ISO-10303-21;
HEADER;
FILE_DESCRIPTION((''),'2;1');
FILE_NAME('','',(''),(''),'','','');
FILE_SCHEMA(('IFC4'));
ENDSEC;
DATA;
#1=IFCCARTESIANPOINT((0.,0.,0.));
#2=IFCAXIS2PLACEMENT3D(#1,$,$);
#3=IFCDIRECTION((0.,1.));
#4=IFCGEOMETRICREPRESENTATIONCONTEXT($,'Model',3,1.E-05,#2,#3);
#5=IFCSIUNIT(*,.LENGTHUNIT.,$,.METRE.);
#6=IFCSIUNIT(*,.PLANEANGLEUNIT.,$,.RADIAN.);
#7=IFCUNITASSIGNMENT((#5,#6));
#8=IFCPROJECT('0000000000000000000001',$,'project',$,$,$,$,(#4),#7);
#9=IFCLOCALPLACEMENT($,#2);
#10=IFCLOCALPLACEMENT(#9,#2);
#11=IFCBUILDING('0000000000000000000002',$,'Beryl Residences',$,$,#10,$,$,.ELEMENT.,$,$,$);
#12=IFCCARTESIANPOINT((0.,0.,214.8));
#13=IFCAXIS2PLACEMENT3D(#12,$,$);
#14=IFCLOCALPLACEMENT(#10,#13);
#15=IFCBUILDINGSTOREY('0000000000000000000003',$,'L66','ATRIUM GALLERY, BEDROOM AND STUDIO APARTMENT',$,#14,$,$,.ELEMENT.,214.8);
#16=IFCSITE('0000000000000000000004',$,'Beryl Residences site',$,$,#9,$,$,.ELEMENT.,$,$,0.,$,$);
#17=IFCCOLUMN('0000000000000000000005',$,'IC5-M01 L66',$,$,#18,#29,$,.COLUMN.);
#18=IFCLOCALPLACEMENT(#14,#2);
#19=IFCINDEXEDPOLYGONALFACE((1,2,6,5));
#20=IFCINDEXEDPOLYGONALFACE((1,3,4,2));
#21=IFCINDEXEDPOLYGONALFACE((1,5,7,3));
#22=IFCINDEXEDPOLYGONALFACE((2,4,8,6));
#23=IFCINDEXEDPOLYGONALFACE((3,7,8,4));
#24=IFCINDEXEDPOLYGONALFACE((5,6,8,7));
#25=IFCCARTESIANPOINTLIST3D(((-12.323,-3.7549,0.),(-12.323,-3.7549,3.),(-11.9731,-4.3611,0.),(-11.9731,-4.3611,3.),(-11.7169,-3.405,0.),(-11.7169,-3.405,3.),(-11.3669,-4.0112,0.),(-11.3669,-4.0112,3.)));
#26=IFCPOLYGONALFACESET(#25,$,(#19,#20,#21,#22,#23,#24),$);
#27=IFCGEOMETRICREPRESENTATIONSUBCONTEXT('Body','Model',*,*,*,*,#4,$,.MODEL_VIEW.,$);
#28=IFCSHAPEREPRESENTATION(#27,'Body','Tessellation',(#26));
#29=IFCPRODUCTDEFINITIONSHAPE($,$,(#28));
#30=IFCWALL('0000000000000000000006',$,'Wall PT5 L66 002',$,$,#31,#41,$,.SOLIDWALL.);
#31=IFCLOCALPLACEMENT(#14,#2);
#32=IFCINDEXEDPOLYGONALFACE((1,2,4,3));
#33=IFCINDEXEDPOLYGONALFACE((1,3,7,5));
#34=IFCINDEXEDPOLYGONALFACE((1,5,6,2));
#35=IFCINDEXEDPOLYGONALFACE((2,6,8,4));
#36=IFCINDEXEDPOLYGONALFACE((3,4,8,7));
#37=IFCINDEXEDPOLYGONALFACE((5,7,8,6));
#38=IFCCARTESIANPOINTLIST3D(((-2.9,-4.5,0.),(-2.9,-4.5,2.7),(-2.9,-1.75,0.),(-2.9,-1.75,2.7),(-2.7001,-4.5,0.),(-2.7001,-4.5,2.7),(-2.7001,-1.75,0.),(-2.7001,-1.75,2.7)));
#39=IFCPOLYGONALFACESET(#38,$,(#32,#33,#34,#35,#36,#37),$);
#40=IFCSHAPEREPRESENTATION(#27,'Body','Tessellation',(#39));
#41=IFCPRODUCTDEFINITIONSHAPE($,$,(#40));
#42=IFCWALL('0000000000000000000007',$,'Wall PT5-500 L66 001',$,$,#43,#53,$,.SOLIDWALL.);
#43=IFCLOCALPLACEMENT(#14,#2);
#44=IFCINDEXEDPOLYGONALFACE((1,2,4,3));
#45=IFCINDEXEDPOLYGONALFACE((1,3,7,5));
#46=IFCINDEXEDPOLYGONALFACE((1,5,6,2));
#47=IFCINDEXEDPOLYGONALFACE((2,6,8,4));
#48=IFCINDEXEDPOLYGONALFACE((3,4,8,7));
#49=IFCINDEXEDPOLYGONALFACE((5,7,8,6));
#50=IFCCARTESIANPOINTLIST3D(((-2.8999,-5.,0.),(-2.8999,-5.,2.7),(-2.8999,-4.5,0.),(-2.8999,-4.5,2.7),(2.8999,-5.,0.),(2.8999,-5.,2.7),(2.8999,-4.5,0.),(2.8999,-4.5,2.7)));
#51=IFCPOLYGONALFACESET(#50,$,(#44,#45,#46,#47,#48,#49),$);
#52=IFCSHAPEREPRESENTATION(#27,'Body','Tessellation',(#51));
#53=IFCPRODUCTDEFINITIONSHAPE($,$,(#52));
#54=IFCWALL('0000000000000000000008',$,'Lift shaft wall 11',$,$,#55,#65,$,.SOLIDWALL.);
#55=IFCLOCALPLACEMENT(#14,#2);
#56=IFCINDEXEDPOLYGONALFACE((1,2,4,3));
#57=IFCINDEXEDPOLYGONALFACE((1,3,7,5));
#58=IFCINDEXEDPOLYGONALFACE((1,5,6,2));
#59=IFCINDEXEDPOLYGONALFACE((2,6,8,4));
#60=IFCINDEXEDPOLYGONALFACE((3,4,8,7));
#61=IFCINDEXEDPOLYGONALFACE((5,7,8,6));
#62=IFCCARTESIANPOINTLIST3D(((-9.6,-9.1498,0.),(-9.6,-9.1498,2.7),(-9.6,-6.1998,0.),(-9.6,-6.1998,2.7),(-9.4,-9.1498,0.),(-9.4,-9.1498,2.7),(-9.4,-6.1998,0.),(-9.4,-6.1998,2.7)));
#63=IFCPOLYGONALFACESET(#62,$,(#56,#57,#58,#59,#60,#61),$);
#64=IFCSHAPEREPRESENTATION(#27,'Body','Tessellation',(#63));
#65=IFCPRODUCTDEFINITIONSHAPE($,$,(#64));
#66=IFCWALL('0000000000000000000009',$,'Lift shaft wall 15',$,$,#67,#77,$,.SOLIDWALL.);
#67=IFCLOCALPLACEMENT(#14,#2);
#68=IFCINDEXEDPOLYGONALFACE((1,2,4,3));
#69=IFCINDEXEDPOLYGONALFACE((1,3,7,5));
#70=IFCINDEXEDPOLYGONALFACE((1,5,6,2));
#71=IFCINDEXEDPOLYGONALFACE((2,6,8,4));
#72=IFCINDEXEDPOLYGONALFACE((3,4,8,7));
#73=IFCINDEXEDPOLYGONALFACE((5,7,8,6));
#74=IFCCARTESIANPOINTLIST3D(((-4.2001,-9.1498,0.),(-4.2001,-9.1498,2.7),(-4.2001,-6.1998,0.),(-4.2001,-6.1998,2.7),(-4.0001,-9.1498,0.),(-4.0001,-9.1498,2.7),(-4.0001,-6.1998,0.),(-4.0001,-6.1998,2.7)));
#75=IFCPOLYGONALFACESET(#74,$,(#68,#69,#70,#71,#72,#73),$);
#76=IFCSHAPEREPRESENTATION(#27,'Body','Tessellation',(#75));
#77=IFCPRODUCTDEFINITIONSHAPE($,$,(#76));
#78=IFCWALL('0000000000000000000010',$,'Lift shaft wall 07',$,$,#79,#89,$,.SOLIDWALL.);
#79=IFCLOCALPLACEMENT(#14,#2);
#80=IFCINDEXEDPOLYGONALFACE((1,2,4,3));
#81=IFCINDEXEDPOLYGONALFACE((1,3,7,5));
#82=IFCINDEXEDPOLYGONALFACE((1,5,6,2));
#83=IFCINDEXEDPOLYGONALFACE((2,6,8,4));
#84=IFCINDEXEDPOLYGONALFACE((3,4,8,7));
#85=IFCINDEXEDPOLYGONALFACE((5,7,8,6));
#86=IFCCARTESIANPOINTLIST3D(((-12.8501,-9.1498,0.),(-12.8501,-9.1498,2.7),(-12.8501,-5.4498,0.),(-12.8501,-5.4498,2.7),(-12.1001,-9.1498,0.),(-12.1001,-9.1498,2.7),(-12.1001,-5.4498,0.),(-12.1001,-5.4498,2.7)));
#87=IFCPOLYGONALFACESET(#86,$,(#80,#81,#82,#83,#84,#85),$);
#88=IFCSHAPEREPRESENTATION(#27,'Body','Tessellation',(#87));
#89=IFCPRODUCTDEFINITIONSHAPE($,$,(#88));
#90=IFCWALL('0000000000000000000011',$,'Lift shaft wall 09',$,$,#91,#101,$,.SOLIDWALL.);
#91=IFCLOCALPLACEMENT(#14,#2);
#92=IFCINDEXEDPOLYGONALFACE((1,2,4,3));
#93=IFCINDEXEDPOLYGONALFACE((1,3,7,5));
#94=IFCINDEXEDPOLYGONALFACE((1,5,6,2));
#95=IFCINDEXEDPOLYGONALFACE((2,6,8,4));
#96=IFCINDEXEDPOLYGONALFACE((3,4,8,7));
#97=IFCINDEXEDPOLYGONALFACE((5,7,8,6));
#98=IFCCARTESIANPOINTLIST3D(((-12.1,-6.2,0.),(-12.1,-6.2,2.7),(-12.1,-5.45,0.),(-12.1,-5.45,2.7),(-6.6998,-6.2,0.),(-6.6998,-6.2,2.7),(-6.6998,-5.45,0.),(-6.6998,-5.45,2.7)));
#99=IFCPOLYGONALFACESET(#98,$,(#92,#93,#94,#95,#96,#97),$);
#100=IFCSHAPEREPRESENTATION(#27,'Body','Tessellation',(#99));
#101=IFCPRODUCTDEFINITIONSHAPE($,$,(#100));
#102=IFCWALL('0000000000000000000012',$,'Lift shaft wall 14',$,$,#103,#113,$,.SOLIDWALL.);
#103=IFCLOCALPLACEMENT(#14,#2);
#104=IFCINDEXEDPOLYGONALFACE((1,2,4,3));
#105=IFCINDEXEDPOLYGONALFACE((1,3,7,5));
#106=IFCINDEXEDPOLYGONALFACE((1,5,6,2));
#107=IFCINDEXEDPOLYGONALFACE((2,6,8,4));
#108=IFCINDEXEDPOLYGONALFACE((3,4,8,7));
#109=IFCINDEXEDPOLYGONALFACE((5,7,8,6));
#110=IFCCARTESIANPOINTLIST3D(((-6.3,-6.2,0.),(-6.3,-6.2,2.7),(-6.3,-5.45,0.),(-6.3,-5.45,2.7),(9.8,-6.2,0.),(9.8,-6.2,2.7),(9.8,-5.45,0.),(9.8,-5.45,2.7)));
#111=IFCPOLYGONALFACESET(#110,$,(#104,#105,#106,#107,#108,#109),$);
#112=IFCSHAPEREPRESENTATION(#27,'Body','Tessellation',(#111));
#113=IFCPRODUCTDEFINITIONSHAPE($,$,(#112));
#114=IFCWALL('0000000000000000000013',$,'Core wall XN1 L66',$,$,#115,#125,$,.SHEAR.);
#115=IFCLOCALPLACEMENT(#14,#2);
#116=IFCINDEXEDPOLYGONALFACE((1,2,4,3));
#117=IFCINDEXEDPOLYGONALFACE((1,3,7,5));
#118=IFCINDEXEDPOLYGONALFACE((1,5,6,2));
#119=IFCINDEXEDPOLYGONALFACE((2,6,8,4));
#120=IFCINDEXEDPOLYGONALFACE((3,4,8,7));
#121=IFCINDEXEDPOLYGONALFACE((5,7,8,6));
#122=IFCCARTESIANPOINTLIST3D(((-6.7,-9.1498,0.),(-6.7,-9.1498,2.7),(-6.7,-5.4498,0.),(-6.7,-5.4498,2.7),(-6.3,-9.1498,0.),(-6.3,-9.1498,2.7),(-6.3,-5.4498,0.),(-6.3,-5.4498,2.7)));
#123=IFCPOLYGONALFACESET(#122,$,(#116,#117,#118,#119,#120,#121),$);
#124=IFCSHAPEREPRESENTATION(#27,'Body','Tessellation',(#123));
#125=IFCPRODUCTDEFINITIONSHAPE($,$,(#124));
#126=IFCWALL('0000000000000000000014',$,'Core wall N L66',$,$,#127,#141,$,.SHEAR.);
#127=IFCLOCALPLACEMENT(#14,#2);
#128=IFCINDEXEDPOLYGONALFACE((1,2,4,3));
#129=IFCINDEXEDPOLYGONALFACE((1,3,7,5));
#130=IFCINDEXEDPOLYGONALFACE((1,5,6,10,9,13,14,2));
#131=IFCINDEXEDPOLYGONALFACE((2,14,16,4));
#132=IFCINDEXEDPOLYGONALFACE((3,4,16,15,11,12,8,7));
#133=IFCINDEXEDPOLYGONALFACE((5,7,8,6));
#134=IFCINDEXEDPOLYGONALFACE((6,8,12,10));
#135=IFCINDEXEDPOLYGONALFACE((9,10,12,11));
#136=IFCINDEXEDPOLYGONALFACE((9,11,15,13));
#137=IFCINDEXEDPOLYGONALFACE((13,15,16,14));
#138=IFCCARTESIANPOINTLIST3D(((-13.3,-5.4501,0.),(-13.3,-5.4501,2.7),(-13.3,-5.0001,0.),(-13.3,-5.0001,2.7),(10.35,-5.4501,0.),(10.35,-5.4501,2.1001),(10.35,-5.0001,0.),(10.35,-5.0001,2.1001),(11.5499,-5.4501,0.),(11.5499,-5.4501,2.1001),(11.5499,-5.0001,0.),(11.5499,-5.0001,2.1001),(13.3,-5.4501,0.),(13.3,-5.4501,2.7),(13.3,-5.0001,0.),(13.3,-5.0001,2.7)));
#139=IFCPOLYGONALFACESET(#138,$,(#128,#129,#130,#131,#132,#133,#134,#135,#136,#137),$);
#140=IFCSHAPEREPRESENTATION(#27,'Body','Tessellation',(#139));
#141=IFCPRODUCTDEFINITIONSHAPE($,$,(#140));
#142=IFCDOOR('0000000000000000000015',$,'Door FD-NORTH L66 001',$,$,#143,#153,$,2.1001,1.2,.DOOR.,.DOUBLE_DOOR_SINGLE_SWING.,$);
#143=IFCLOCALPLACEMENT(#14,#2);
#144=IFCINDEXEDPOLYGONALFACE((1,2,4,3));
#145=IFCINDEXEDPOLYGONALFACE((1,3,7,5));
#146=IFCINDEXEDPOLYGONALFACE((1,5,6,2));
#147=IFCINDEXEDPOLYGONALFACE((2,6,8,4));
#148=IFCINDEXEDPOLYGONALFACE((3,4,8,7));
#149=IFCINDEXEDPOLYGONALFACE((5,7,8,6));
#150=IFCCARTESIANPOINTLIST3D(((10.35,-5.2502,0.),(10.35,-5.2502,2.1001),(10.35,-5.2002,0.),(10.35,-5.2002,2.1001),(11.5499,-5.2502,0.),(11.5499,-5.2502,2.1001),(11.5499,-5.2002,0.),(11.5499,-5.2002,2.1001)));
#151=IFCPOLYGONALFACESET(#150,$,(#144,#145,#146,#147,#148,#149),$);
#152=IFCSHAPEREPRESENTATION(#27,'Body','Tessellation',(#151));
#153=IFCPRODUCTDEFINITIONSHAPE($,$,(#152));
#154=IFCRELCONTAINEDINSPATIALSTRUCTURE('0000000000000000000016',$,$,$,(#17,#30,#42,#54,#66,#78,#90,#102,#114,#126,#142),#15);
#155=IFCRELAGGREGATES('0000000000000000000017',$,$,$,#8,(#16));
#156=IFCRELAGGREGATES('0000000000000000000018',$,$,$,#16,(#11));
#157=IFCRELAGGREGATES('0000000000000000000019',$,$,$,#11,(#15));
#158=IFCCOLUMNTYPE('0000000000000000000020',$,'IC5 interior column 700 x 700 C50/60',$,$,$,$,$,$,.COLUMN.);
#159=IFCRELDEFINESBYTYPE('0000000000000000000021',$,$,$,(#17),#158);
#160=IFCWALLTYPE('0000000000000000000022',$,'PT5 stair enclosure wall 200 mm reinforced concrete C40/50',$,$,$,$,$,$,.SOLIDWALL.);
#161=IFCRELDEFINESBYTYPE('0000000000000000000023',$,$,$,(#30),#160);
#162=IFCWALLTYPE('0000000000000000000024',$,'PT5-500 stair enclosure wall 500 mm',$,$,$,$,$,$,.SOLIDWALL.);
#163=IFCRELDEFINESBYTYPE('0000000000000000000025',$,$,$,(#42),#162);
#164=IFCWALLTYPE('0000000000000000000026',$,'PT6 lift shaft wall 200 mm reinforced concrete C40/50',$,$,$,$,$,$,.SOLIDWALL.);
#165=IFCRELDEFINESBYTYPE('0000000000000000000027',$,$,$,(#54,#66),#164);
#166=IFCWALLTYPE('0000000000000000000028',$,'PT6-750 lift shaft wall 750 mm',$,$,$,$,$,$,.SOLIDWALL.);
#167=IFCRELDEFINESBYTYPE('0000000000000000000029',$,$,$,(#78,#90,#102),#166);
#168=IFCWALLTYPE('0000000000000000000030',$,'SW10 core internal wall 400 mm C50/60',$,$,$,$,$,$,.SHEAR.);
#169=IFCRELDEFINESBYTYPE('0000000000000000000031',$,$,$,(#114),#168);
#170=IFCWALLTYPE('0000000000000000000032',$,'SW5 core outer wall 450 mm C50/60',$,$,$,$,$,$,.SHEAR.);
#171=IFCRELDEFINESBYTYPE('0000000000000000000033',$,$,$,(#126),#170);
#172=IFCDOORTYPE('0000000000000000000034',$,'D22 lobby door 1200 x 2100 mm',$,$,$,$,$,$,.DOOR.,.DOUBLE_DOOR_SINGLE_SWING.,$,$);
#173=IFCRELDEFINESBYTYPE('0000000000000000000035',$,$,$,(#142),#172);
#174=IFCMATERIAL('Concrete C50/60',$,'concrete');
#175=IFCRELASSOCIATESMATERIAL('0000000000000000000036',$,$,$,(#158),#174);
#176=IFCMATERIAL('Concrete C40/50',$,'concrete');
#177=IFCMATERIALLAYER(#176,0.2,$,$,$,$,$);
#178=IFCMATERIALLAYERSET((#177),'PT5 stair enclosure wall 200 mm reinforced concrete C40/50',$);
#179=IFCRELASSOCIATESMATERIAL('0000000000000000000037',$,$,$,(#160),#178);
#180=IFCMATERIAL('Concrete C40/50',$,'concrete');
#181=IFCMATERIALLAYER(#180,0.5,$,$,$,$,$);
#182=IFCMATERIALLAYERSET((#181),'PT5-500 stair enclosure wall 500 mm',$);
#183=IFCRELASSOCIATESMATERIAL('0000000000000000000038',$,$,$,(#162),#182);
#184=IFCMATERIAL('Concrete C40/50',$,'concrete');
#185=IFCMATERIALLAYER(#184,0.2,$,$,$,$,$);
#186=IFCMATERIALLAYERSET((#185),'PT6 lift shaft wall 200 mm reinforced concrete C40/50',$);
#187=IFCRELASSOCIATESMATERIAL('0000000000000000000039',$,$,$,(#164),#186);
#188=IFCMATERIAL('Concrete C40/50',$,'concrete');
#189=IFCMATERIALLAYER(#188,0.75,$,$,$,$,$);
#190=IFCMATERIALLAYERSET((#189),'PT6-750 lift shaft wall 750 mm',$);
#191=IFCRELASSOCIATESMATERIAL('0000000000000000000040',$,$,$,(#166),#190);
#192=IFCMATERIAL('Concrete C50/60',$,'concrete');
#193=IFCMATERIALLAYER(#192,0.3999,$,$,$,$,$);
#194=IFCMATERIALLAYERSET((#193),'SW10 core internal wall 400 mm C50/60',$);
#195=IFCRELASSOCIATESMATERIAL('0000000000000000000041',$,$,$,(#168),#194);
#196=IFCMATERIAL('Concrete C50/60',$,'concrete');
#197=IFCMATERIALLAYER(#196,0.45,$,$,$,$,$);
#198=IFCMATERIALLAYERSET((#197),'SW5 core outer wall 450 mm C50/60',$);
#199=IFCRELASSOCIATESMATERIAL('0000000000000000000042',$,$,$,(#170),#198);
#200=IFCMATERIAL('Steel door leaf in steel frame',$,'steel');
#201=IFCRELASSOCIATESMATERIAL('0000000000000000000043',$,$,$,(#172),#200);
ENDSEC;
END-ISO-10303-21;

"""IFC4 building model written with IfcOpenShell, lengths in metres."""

from ifc_helpers import new_model, si_unit, direction, frame, frame_2d, origin, origin_2d, place, context, subcontext, project, spatial, rectangle, extrude, material, layer, layer_set, material_profile, profile_set, type_object, element, fill, save


model = new_model("IFC4")

# Units and contexts
model_context = context("Model", 3, precision=1e-05, world=origin(), true_north=direction((0.0, 1.0)))
body_context = subcontext(model_context, "Body", "Model", "MODEL_VIEW")
ifc_project = project(units=[si_unit("LENGTHUNIT", "METRE"), si_unit("PLANEANGLEUNIT", "RADIAN")], contexts=[model_context])

# Site, building, storey
site_placement = place(None, origin())
site = spatial("IfcSite", under=ifc_project, at=site_placement, Name="Beryl Residences site", CompositionType="ELEMENT", RefElevation=0.0)
building_placement = place(site_placement, origin())
building = spatial("IfcBuilding", under=site, at=building_placement, Name="Beryl Residences", CompositionType="ELEMENT")
storey_placement = place(building_placement, frame((0.0, 0.0, 214.8)))
storey = spatial("IfcBuildingStorey", under=building, at=storey_placement, Name="L66", Description="ATRIUM GALLERY, BEDROOM AND STUDIO APARTMENT", CompositionType="ELEMENT", Elevation=214.8)

# Column
ifc_material_1 = material(Name="Concrete C50/60", Category="concrete")
ifc_material_profile = material_profile(ifc_material_1, rectangle(XDim=0.7, YDim=0.7, at=origin_2d()))
ifc_profile_set = profile_set([ifc_material_profile], Name="Concrete C50/60")
column_type = type_object("IfcColumnType", Name="IC5 interior column 700 x 700 C50/60", PredefinedType="COLUMN", material=ifc_profile_set)
column_placement = place(storey_placement, frame((-11.845, -3.8831, 0.0), z_axis=(0.0, 0.0, 1.0), x_axis=(0.499985, -0.866034, 0.0)))
element("IfcColumn", 1, at=column_placement, inside=storey, type_object=column_type, Name="IC5-M01 L66", PredefinedType="COLUMN", context=body_context, shape_type="SweptSolid", body=[
    extrude(rectangle(XDim=0.7, YDim=0.7, at=origin_2d()), origin(), (0.0, 0.0, 1.0), 3.0),
])

# Walls
ifc_material_2 = material(Name="Concrete C40/50", Category="concrete")
ifc_layer_1 = layer(ifc_material_2, 0.2)
ifc_layer_set_1 = layer_set([ifc_layer_1], Name="PT5 stair enclosure wall 200 mm reinforced concrete C40/50")
wall_type_1 = type_object("IfcWallType", Name="PT5 stair enclosure wall 200 mm reinforced concrete C40/50", PredefinedType="SOLIDWALL", material=ifc_layer_set_1)
wall_1_placement = place(storey_placement, frame((-2.8, -4.5, 0.0), z_axis=(0.0, 0.0, 1.0), x_axis=(0.0, 1.0, 0.0)))
element("IfcWall", 2, at=wall_1_placement, inside=storey, type_object=wall_type_1, Name="Wall PT5 L66 002", PredefinedType="SOLIDWALL", context=body_context, shape_type="SweptSolid", body=[
    extrude(rectangle(XDim=2.75, YDim=0.2, at=frame_2d((1.375, 0.0))), origin(), (0.0, 0.0, 1.0), 2.7),
])
ifc_material_3 = material(Name="Concrete C40/50", Category="concrete")
ifc_layer_2 = layer(ifc_material_3, 0.5)
ifc_layer_set_2 = layer_set([ifc_layer_2], Name="PT5-500 stair enclosure wall 500 mm")
wall_type_2 = type_object("IfcWallType", Name="PT5-500 stair enclosure wall 500 mm", PredefinedType="SOLIDWALL", material=ifc_layer_set_2)
wall_2_placement = place(storey_placement, frame((-2.8999, -4.75, 0.0), z_axis=(0.0, 0.0, 1.0), x_axis=(1.0, 0.0, 0.0)))
element("IfcWall", 3, at=wall_2_placement, inside=storey, type_object=wall_type_2, Name="Wall PT5-500 L66 001", PredefinedType="SOLIDWALL", context=body_context, shape_type="SweptSolid", body=[
    extrude(rectangle(XDim=5.7998, YDim=0.5, at=frame_2d((2.8999, 0.0))), origin(), (0.0, 0.0, 1.0), 2.7),
])
ifc_material_4 = material(Name="Concrete C40/50", Category="concrete")
ifc_layer_3 = layer(ifc_material_4, 0.2)
ifc_layer_set_3 = layer_set([ifc_layer_3], Name="PT6 lift shaft wall 200 mm reinforced concrete C40/50")
wall_type_3 = type_object("IfcWallType", Name="PT6 lift shaft wall 200 mm reinforced concrete C40/50", PredefinedType="SOLIDWALL", material=ifc_layer_set_3)
for number, where, z_axis, x_axis, name in (
    (4, (-9.5, -9.1499, 0.0), (0.0, 0.0, 1.0), (0.0, 1.0, 0.0), "Lift shaft wall 11"),
    (5, (-4.1001, -9.1499, 0.0), (0.0, 0.0, 1.0), (0.0, 1.0, 0.0), "Lift shaft wall 15"),
):
    element("IfcWall", number, at=place(storey_placement, frame(where, z_axis=z_axis, x_axis=x_axis)), inside=storey, type_object=wall_type_3, Name=name, PredefinedType="SOLIDWALL", context=body_context, shape_type="SweptSolid", body=[
        extrude(rectangle(XDim=2.95, YDim=0.2, at=frame_2d((1.4751, 0.0))), origin(), (0.0, 0.0, 1.0), 2.7),
    ])
ifc_material_5 = material(Name="Concrete C40/50", Category="concrete")
ifc_layer_4 = layer(ifc_material_5, 0.75)
ifc_layer_set_4 = layer_set([ifc_layer_4], Name="PT6-750 lift shaft wall 750 mm")
wall_type_4 = type_object("IfcWallType", Name="PT6-750 lift shaft wall 750 mm", PredefinedType="SOLIDWALL", material=ifc_layer_set_4)
wall_3_placement = place(storey_placement, frame((-12.4751, -9.1499, 0.0), z_axis=(0.0, 0.0, 1.0), x_axis=(0.0, 1.0, 0.0)))
element("IfcWall", 6, at=wall_3_placement, inside=storey, type_object=wall_type_4, Name="Lift shaft wall 07", PredefinedType="SOLIDWALL", context=body_context, shape_type="SweptSolid", body=[
    extrude(rectangle(XDim=3.7, YDim=0.75, at=frame_2d((1.8501, 0.0))), origin(), (0.0, 0.0, 1.0), 2.7),
])
wall_4_placement = place(storey_placement, frame((-12.1001, -5.825, 0.0), z_axis=(0.0, 0.0, 1.0), x_axis=(1.0, 0.0, 0.0)))
element("IfcWall", 7, at=wall_4_placement, inside=storey, type_object=wall_type_4, Name="Lift shaft wall 09", PredefinedType="SOLIDWALL", context=body_context, shape_type="SweptSolid", body=[
    extrude(rectangle(XDim=5.4001, YDim=0.75, at=frame_2d((2.7002, 0.0))), origin(), (0.0, 0.0, 1.0), 2.7),
])
wall_5_placement = place(storey_placement, frame((-6.3, -5.825, 0.0), z_axis=(0.0, 0.0, 1.0), x_axis=(1.0, 0.0, 0.0)))
element("IfcWall", 8, at=wall_5_placement, inside=storey, type_object=wall_type_4, Name="Lift shaft wall 14", PredefinedType="SOLIDWALL", context=body_context, shape_type="SweptSolid", body=[
    extrude(rectangle(XDim=16.1001, YDim=0.75, at=frame_2d((8.05, 0.0))), origin(), (0.0, 0.0, 1.0), 2.7),
])
ifc_material_6 = material(Name="Concrete C50/60", Category="concrete")
ifc_layer_5 = layer(ifc_material_6, 0.3999)
ifc_layer_set_5 = layer_set([ifc_layer_5], Name="SW10 core internal wall 400 mm C50/60")
wall_type_5 = type_object("IfcWallType", Name="SW10 core internal wall 400 mm C50/60", PredefinedType="SHEAR", material=ifc_layer_set_5)
wall_6_placement = place(storey_placement, frame((-6.5, -9.1499, 0.0), z_axis=(0.0, 0.0, 1.0), x_axis=(0.0, 1.0, 0.0)))
element("IfcWall", 9, at=wall_6_placement, inside=storey, type_object=wall_type_5, Name="Core wall XN1 L66", PredefinedType="SHEAR", context=body_context, shape_type="SweptSolid", body=[
    extrude(rectangle(XDim=3.7, YDim=0.3999, at=frame_2d((1.8501, 0.0))), origin(), (0.0, 0.0, 1.0), 2.7),
])

# Wall, opening, door
ifc_material_7 = material(Name="Concrete C50/60", Category="concrete")
ifc_layer_6 = layer(ifc_material_7, 0.45)
ifc_layer_set_6 = layer_set([ifc_layer_6], Name="SW5 core outer wall 450 mm C50/60")
wall_type_6 = type_object("IfcWallType", Name="SW5 core outer wall 450 mm C50/60", PredefinedType="SHEAR", material=ifc_layer_set_6)
wall_7_placement = place(storey_placement, frame((-13.3, -5.2251, 0.0), z_axis=(0.0, 0.0, 1.0), x_axis=(1.0, 0.0, 0.0)))
wall_7 = element("IfcWall", 10, at=wall_7_placement, inside=storey, type_object=wall_type_6, Name="Core wall N L66", PredefinedType="SHEAR", context=body_context, shape_type="SweptSolid", body=[
    extrude(rectangle(XDim=26.6001, YDim=0.45, at=frame_2d((13.3, 0.0))), origin(), (0.0, 0.0, 1.0), 2.7),
])
opening_placement = place(wall_7_placement, frame((23.6499, 0.0, 0.0)))
opening = element("IfcOpeningElement", 11, at=opening_placement, cuts=wall_7, PredefinedType="OPENING", context=body_context, shape_type="SweptSolid", body=[
    extrude(rectangle(XDim=1.2, YDim=2.1001, at=frame_2d((0.6001, 1.05))), frame((0.0, 0.2349, 0.0), z_axis=(0.0, -1.0, 0.0), x_axis=(1.0, 0.0, 0.0)), (0.0, 0.0, 1.0), 0.47),
])
ifc_material_8 = material(Name="Steel door leaf in steel frame", Category="steel")
door_type = type_object("IfcDoorType", Name="D22 lobby door 1200 x 2100 mm", OperationType="DOUBLE_DOOR_SINGLE_SWING", PredefinedType="DOOR", material=ifc_material_8)
door_placement = place(opening_placement, origin())
door = element("IfcDoor", 12, at=door_placement, inside=storey, type_object=door_type, Name="Door FD-NORTH L66 001", OperationType="DOUBLE_DOOR_SINGLE_SWING", OverallHeight=2.1001, OverallWidth=1.2, PredefinedType="DOOR", context=body_context, shape_type="SweptSolid", body=[
    extrude(rectangle(XDim=1.2, YDim=2.1001, at=frame_2d((0.6001, 1.05))), frame((0.0, 0.0249, 0.0), z_axis=(0.0, -1.0, 0.0), x_axis=(1.0, 0.0, 0.0)), (0.0, 0.0, 1.0), 0.05),
])
fill(opening, door)

save(model, "model.ifc")
